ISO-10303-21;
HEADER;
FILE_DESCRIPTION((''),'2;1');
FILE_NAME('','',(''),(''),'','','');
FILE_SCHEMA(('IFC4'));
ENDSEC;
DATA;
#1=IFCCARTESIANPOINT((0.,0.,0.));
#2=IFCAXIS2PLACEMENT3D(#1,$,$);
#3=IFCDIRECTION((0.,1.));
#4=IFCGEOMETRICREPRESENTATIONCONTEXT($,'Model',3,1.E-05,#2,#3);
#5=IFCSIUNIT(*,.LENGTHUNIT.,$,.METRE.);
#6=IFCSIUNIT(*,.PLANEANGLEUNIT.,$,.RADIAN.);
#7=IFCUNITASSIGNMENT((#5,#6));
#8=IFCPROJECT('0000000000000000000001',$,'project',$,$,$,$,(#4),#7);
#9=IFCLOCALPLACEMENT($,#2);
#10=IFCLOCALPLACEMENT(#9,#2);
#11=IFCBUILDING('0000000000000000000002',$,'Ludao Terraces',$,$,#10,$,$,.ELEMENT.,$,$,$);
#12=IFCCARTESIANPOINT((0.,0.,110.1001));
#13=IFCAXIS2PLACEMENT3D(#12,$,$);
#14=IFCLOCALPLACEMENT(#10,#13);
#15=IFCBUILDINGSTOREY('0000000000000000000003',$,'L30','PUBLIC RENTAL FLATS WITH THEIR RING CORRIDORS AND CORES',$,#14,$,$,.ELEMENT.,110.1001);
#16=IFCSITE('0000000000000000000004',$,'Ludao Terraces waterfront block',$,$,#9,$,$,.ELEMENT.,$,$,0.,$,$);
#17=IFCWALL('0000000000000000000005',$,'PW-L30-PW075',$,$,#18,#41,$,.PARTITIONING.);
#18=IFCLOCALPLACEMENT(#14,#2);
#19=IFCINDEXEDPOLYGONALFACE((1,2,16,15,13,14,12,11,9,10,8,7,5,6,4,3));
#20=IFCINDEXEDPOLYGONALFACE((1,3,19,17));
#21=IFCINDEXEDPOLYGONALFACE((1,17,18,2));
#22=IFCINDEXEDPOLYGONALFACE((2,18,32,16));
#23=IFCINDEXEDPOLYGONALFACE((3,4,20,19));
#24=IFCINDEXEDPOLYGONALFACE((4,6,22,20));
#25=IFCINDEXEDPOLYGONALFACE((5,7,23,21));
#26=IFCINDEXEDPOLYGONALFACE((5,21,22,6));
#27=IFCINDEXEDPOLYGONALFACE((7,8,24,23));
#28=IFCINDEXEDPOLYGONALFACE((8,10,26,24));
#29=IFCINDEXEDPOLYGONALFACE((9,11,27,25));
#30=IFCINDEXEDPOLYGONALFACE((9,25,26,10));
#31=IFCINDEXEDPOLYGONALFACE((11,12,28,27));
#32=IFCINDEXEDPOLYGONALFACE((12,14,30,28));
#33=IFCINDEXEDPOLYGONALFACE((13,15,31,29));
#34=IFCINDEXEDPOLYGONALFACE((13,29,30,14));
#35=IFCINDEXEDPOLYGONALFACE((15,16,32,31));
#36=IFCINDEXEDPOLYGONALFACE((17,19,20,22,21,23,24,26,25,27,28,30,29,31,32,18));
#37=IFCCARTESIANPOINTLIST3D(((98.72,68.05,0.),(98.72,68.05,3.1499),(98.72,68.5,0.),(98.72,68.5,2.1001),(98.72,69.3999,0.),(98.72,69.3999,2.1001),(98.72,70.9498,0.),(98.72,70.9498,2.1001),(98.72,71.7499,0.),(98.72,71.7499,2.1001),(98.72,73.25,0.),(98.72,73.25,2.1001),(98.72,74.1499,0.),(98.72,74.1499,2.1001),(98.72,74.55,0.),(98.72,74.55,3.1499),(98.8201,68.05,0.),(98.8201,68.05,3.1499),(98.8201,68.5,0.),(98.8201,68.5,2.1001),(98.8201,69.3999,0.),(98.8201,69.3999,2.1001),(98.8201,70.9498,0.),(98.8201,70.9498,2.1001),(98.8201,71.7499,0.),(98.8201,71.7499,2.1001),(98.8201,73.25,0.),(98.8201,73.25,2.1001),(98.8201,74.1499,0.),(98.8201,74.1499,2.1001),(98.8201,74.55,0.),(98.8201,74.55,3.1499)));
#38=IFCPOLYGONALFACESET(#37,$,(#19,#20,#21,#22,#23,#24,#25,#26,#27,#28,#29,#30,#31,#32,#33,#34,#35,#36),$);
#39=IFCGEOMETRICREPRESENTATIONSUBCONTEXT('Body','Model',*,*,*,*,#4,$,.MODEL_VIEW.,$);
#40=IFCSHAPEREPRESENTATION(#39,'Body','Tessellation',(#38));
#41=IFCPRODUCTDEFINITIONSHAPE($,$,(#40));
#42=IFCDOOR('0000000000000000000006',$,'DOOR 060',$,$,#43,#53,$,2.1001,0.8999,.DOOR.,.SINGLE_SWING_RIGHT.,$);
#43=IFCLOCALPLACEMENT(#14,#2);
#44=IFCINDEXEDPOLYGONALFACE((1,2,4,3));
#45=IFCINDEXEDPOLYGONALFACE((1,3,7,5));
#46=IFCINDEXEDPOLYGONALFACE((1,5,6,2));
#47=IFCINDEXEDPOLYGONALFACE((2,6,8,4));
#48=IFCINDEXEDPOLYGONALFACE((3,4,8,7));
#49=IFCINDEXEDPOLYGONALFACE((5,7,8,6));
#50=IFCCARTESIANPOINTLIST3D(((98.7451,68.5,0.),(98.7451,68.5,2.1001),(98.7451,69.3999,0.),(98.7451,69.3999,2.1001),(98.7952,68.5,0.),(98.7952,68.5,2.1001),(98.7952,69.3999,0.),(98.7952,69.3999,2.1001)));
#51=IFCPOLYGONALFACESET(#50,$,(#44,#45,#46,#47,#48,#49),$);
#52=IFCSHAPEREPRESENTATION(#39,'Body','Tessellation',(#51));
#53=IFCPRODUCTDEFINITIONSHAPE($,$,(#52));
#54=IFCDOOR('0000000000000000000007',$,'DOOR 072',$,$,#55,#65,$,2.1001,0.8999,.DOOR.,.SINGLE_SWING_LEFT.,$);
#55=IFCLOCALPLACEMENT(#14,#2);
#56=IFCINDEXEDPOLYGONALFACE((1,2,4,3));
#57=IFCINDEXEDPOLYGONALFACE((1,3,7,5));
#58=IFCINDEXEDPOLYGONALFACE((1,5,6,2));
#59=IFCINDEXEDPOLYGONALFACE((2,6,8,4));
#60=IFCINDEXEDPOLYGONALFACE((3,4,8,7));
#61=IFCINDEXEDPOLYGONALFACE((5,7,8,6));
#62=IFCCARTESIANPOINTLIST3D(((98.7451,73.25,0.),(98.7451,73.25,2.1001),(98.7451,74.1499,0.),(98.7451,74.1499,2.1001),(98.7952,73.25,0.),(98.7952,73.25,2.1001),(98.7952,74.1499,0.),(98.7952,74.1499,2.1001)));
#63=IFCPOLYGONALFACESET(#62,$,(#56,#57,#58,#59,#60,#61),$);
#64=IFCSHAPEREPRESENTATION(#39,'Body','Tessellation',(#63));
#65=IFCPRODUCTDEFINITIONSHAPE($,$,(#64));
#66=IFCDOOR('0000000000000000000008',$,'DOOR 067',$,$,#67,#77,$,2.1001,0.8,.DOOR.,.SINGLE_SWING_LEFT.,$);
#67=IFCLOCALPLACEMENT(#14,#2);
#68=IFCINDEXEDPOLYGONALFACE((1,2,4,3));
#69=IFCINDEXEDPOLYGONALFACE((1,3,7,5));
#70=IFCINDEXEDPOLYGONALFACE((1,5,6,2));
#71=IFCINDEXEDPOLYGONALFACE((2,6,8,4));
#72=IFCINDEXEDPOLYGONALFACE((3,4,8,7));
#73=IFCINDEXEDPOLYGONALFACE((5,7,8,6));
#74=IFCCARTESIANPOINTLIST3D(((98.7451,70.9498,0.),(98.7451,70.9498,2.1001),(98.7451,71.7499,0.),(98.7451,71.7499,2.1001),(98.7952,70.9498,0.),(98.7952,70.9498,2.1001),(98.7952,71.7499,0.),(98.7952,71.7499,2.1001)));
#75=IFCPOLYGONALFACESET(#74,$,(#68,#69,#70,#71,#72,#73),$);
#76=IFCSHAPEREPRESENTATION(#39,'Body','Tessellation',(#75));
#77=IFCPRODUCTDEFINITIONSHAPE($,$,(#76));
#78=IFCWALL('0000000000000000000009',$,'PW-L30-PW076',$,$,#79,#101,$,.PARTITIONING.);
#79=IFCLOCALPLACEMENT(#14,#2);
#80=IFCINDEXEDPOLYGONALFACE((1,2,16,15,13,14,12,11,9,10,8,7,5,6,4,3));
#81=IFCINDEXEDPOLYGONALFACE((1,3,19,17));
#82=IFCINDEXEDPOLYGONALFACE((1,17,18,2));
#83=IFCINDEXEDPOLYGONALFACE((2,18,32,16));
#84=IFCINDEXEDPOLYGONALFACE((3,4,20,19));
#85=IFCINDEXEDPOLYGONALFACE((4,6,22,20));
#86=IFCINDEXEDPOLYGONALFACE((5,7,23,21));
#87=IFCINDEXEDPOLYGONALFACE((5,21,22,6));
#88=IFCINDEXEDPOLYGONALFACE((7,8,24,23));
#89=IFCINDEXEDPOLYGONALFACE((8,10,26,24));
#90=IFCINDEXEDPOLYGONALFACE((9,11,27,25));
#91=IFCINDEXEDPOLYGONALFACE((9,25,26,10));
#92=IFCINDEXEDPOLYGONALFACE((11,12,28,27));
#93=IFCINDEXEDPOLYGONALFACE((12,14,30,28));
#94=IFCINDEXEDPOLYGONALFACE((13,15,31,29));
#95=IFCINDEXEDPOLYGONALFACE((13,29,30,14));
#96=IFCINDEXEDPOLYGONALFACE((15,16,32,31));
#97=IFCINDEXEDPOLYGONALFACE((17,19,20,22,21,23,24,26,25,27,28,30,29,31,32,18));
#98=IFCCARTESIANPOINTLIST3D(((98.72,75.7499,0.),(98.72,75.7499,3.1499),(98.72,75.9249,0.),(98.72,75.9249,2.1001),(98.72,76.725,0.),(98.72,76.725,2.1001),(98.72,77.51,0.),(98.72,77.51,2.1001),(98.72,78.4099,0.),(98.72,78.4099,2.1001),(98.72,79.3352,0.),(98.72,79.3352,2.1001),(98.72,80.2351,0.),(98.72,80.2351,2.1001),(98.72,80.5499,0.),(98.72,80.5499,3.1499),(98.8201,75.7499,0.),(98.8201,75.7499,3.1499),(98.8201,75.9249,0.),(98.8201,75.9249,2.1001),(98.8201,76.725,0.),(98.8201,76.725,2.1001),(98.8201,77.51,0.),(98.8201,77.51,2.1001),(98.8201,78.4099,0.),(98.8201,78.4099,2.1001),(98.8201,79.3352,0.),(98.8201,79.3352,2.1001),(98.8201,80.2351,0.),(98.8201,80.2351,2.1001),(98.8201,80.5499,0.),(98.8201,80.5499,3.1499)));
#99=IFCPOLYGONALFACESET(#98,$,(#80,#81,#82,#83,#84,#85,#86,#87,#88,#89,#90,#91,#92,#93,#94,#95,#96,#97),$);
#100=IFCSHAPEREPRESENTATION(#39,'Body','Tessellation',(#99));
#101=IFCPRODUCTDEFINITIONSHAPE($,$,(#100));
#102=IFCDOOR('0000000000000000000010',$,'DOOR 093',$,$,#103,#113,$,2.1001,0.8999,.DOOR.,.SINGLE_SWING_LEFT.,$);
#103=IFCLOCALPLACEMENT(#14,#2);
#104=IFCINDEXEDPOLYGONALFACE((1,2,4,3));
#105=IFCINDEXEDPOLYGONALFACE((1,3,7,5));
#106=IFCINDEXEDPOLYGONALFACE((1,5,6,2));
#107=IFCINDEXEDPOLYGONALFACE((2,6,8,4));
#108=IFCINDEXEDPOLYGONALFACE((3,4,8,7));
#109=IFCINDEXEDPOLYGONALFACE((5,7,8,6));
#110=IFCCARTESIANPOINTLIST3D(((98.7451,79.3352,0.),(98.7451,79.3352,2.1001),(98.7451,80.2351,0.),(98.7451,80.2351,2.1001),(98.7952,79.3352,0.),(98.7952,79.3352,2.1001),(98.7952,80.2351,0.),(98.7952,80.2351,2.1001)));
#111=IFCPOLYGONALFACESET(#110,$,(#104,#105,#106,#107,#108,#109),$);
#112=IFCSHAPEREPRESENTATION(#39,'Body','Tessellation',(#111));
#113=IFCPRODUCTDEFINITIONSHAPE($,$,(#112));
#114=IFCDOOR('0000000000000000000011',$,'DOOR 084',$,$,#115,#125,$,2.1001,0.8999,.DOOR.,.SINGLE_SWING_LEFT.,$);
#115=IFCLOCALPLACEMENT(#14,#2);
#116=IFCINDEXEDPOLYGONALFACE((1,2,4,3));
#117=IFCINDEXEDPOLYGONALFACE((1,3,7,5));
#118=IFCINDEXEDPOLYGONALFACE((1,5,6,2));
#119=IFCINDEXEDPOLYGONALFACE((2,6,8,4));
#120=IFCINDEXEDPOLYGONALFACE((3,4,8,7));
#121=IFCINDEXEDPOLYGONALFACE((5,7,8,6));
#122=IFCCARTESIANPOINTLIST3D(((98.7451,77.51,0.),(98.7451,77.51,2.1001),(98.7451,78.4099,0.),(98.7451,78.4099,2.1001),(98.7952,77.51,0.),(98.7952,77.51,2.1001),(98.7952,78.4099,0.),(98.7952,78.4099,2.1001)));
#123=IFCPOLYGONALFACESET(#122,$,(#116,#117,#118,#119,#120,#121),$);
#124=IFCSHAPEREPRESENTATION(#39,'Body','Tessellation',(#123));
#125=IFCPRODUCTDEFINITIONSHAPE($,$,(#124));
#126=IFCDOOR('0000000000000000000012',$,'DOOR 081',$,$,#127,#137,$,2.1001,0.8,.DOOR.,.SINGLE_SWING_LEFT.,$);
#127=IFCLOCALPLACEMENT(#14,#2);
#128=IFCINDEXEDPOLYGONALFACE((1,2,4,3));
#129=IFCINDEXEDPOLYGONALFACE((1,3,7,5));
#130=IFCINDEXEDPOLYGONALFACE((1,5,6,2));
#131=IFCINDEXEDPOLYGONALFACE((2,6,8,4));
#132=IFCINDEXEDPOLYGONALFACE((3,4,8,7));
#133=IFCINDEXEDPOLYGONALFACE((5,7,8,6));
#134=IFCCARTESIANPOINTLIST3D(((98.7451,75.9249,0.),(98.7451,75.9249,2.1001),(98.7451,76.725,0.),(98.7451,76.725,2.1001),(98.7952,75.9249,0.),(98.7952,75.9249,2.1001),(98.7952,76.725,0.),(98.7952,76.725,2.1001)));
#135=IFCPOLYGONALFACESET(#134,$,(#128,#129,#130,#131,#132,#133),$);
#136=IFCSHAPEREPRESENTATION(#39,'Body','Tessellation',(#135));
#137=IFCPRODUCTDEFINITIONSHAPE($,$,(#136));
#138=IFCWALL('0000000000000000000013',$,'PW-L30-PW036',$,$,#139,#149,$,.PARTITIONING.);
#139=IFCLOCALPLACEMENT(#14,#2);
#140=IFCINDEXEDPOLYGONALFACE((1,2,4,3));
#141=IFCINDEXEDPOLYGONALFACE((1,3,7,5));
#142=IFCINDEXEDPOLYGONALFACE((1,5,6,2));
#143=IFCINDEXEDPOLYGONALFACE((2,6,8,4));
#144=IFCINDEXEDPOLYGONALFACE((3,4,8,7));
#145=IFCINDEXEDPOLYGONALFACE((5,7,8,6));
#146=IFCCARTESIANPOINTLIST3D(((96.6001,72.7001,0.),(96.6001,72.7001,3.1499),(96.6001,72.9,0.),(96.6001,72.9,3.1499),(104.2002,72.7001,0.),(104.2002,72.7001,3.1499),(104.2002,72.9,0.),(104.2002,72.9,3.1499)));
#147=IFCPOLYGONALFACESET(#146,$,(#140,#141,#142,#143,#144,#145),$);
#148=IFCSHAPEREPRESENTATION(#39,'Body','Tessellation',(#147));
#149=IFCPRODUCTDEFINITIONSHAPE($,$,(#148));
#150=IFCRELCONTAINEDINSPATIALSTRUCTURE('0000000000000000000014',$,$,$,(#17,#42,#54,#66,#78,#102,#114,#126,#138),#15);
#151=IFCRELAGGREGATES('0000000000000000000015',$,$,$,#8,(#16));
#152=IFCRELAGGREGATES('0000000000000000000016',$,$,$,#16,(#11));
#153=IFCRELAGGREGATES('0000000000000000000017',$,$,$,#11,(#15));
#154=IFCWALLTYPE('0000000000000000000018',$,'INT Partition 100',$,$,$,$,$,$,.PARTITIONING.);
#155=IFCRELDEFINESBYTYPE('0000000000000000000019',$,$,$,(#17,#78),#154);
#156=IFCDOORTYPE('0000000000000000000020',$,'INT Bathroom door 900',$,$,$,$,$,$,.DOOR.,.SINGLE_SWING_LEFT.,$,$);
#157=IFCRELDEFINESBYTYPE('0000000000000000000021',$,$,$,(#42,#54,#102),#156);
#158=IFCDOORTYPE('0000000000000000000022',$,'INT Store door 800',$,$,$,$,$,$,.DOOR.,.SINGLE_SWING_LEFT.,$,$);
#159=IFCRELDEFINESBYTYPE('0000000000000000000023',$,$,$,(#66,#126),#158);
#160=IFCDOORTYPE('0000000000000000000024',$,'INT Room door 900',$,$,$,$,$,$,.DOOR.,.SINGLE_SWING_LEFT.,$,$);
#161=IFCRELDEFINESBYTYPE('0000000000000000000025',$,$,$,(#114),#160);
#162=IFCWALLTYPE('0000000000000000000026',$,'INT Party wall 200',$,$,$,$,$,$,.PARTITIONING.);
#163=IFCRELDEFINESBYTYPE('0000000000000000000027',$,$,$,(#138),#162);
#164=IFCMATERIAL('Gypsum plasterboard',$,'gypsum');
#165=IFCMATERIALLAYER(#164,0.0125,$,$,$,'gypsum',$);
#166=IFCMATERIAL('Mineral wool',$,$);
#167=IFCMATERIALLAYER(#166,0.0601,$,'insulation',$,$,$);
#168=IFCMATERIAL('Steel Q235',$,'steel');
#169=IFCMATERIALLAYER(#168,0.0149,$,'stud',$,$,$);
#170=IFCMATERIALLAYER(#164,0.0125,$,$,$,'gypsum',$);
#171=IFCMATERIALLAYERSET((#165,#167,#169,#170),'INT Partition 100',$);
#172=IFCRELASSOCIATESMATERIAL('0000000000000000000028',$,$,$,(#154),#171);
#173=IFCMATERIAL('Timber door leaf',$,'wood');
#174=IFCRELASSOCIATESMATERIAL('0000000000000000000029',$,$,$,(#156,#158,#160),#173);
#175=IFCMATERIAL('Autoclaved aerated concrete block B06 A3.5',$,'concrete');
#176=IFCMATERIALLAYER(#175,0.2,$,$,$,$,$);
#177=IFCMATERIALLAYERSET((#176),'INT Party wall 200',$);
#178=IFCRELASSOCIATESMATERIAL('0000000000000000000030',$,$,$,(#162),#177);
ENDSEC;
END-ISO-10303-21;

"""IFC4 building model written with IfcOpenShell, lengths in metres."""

from ifc_helpers import new_model, si_unit, direction, frame, frame_2d, origin, place, context, subcontext, project, spatial, rectangle, extrude, material, layer, layer_set, type_object, element, fill, save


model = new_model("IFC4")

# Units and contexts
model_context = context("Model", 3, precision=1e-05, world=origin(), true_north=direction((0.0, 1.0)))
body_context = subcontext(model_context, "Body", "Model", "MODEL_VIEW")
ifc_project = project(units=[si_unit("LENGTHUNIT", "METRE"), si_unit("PLANEANGLEUNIT", "RADIAN")], contexts=[model_context])

# Site, building, storey
site_placement = place(None, origin())
site = spatial("IfcSite", under=ifc_project, at=site_placement, Name="Ludao Terraces waterfront block", CompositionType="ELEMENT", RefElevation=0.0)
building_placement = place(site_placement, origin())
building = spatial("IfcBuilding", under=site, at=building_placement, Name="Ludao Terraces", CompositionType="ELEMENT")
storey_placement = place(building_placement, frame((0.0, 0.0, 110.1001)))
storey = spatial("IfcBuildingStorey", under=building, at=storey_placement, Name="L30", Description="PUBLIC RENTAL FLATS WITH THEIR RING CORRIDORS AND CORES", CompositionType="ELEMENT", Elevation=110.1001)

# Shared definitions
ifc_material_1 = material(Name="Mineral wool")

# Shared definitions
ifc_material_2 = material(Name="Gypsum plasterboard", Category="gypsum")
ifc_layer_1 = layer(ifc_material_2, 0.0125, Category="gypsum")
ifc_layer_2 = layer(ifc_material_1, 0.0601, Name="insulation")
ifc_material_3 = material(Name="Steel Q235", Category="steel")
ifc_layer_3 = layer(ifc_material_3, 0.0149, Name="stud")
ifc_layer_4 = layer(ifc_material_2, 0.0125, Category="gypsum")
ifc_layer_set_1 = layer_set([ifc_layer_1, ifc_layer_2, ifc_layer_3, ifc_layer_4], Name="INT Partition 100")
wall_type_1 = type_object("IfcWallType", Name="INT Partition 100", PredefinedType="PARTITIONING", material=ifc_layer_set_1)

# Walls, openings, doors
wall_1_placement = place(storey_placement, frame((98.77, 68.05, 0.0), z_axis=(0.0, 0.0, 1.0), x_axis=(0.0, 1.0, 0.0)))
wall_1 = element("IfcWall", 1, at=wall_1_placement, inside=storey, type_object=wall_type_1, Name="PW-L30-PW075", PredefinedType="PARTITIONING", context=body_context, shape_type="SweptSolid", body=[
    extrude(rectangle(XDim=6.5, YDim=0.1001, at=frame_2d((3.25, 0.0))), origin(), (0.0, 0.0, 1.0), 3.1499),
])
opening_1_placement = place(wall_1_placement, frame((0.45, 0.0, 0.0)))
opening_1 = element("IfcOpeningElement", 2, at=opening_1_placement, cuts=wall_1, PredefinedType="OPENING", context=body_context, shape_type="SweptSolid", body=[
    extrude(rectangle(XDim=0.8999, YDim=2.1001, at=frame_2d((0.45, 1.05))), frame((0.0, 0.0601, 0.0), z_axis=(0.0, -1.0, 0.0), x_axis=(1.0, 0.0, 0.0)), (0.0, 0.0, 1.0), 0.1201),
])
opening_2_placement = place(wall_1_placement, frame((2.8999, 0.0, 0.0)))
opening_2 = element("IfcOpeningElement", 3, at=opening_2_placement, cuts=wall_1, PredefinedType="OPENING", context=body_context, shape_type="SweptSolid", body=[
    extrude(rectangle(XDim=0.8, YDim=2.1001, at=frame_2d((0.3999, 1.05))), frame((0.0, 0.0601, 0.0), z_axis=(0.0, -1.0, 0.0), x_axis=(1.0, 0.0, 0.0)), (0.0, 0.0, 1.0), 0.1201),
])
opening_3_placement = place(wall_1_placement, frame((5.2, 0.0, 0.0)))
opening_3 = element("IfcOpeningElement", 4, at=opening_3_placement, cuts=wall_1, PredefinedType="OPENING", context=body_context, shape_type="SweptSolid", body=[
    extrude(rectangle(XDim=0.8999, YDim=2.1001, at=frame_2d((0.45, 1.05))), frame((0.0, 0.0601, 0.0), z_axis=(0.0, -1.0, 0.0), x_axis=(1.0, 0.0, 0.0)), (0.0, 0.0, 1.0), 0.1201),
])
ifc_material_4 = material(Name="Timber door leaf", Category="wood")
door_type_1 = type_object("IfcDoorType", Name="INT Bathroom door 900", OperationType="SINGLE_SWING_LEFT", PredefinedType="DOOR", material=ifc_material_4)
door_1_placement = place(opening_1_placement, origin())
door_1 = element("IfcDoor", 5, at=door_1_placement, inside=storey, type_object=door_type_1, Name="DOOR 060", OperationType="SINGLE_SWING_RIGHT", OverallHeight=2.1001, OverallWidth=0.8999, PredefinedType="DOOR", context=body_context, shape_type="SweptSolid", body=[
    extrude(rectangle(XDim=0.8999, YDim=2.1001, at=frame_2d((0.45, 1.05))), frame((0.0, 0.0249, 0.0), z_axis=(0.0, -1.0, 0.0), x_axis=(1.0, 0.0, 0.0)), (0.0, 0.0, 1.0), 0.05),
])
fill(opening_1, door_1)
door_2_placement = place(opening_3_placement, origin())
door_2 = element("IfcDoor", 6, at=door_2_placement, inside=storey, type_object=door_type_1, Name="DOOR 072", OperationType="SINGLE_SWING_LEFT", OverallHeight=2.1001, OverallWidth=0.8999, PredefinedType="DOOR", context=body_context, shape_type="SweptSolid", body=[
    extrude(rectangle(XDim=0.8999, YDim=2.1001, at=frame_2d((0.45, 1.05))), frame((0.0, 0.0249, 0.0), z_axis=(0.0, -1.0, 0.0), x_axis=(1.0, 0.0, 0.0)), (0.0, 0.0, 1.0), 0.05),
])
fill(opening_3, door_2)
door_type_2 = type_object("IfcDoorType", Name="INT Store door 800", OperationType="SINGLE_SWING_LEFT", PredefinedType="DOOR", material=ifc_material_4)
door_3_placement = place(opening_2_placement, origin())
door_3 = element("IfcDoor", 7, at=door_3_placement, inside=storey, type_object=door_type_2, Name="DOOR 067", OperationType="SINGLE_SWING_LEFT", OverallHeight=2.1001, OverallWidth=0.8, PredefinedType="DOOR", context=body_context, shape_type="SweptSolid", body=[
    extrude(rectangle(XDim=0.8, YDim=2.1001, at=frame_2d((0.3999, 1.05))), frame((0.0, 0.0249, 0.0), z_axis=(0.0, -1.0, 0.0), x_axis=(1.0, 0.0, 0.0)), (0.0, 0.0, 1.0), 0.05),
])
fill(opening_2, door_3)
wall_2_placement = place(storey_placement, frame((98.77, 75.75, 0.0), z_axis=(0.0, 0.0, 1.0), x_axis=(0.0, 1.0, 0.0)))
wall_2 = element("IfcWall", 8, at=wall_2_placement, inside=storey, type_object=wall_type_1, Name="PW-L30-PW076", PredefinedType="PARTITIONING", context=body_context, shape_type="SweptSolid", body=[
    extrude(rectangle(XDim=4.8, YDim=0.1001, at=frame_2d((2.3999, 0.0))), origin(), (0.0, 0.0, 1.0), 3.1499),
])
opening_4_placement = place(wall_2_placement, frame((0.175, 0.0, 0.0)))
opening_4 = element("IfcOpeningElement", 9, at=opening_4_placement, cuts=wall_2, PredefinedType="OPENING", context=body_context, shape_type="SweptSolid", body=[
    extrude(rectangle(XDim=0.8, YDim=2.1001, at=frame_2d((0.3999, 1.05))), frame((0.0, 0.0601, 0.0), z_axis=(0.0, -1.0, 0.0), x_axis=(1.0, 0.0, 0.0)), (0.0, 0.0, 1.0), 0.1201),
])
opening_5_placement = place(wall_2_placement, frame((1.76, 0.0, 0.0)))
opening_5 = element("IfcOpeningElement", 10, at=opening_5_placement, cuts=wall_2, PredefinedType="OPENING", context=body_context, shape_type="SweptSolid", body=[
    extrude(rectangle(XDim=0.8999, YDim=2.1001, at=frame_2d((0.45, 1.05))), frame((0.0, 0.0601, 0.0), z_axis=(0.0, -1.0, 0.0), x_axis=(1.0, 0.0, 0.0)), (0.0, 0.0, 1.0), 0.1201),
])
opening_6_placement = place(wall_2_placement, frame((3.5852, 0.0, 0.0)))
opening_6 = element("IfcOpeningElement", 11, at=opening_6_placement, cuts=wall_2, PredefinedType="OPENING", context=body_context, shape_type="SweptSolid", body=[
    extrude(rectangle(XDim=0.8999, YDim=2.1001, at=frame_2d((0.45, 1.05))), frame((0.0, 0.0601, 0.0), z_axis=(0.0, -1.0, 0.0), x_axis=(1.0, 0.0, 0.0)), (0.0, 0.0, 1.0), 0.1201),
])
door_4_placement = place(opening_6_placement, origin())
door_4 = element("IfcDoor", 12, at=door_4_placement, inside=storey, type_object=door_type_1, Name="DOOR 093", OperationType="SINGLE_SWING_LEFT", OverallHeight=2.1001, OverallWidth=0.8999, PredefinedType="DOOR", context=body_context, shape_type="SweptSolid", body=[
    extrude(rectangle(XDim=0.8999, YDim=2.1001, at=frame_2d((0.45, 1.05))), frame((0.0, 0.0249, 0.0), z_axis=(0.0, -1.0, 0.0), x_axis=(1.0, 0.0, 0.0)), (0.0, 0.0, 1.0), 0.05),
])
fill(opening_6, door_4)
door_type_3 = type_object("IfcDoorType", Name="INT Room door 900", OperationType="SINGLE_SWING_LEFT", PredefinedType="DOOR", material=ifc_material_4)
door_5_placement = place(opening_5_placement, origin())
door_5 = element("IfcDoor", 13, at=door_5_placement, inside=storey, type_object=door_type_3, Name="DOOR 084", OperationType="SINGLE_SWING_LEFT", OverallHeight=2.1001, OverallWidth=0.8999, PredefinedType="DOOR", context=body_context, shape_type="SweptSolid", body=[
    extrude(rectangle(XDim=0.8999, YDim=2.1001, at=frame_2d((0.45, 1.05))), frame((0.0, 0.0249, 0.0), z_axis=(0.0, -1.0, 0.0), x_axis=(1.0, 0.0, 0.0)), (0.0, 0.0, 1.0), 0.05),
])
fill(opening_5, door_5)
door_6_placement = place(opening_4_placement, origin())
door_6 = element("IfcDoor", 14, at=door_6_placement, inside=storey, type_object=door_type_2, Name="DOOR 081", OperationType="SINGLE_SWING_LEFT", OverallHeight=2.1001, OverallWidth=0.8, PredefinedType="DOOR", context=body_context, shape_type="SweptSolid", body=[
    extrude(rectangle(XDim=0.8, YDim=2.1001, at=frame_2d((0.3999, 1.05))), frame((0.0, 0.0249, 0.0), z_axis=(0.0, -1.0, 0.0), x_axis=(1.0, 0.0, 0.0)), (0.0, 0.0, 1.0), 0.05),
])
fill(opening_4, door_6)

# Wall
ifc_material_5 = material(Name="Autoclaved aerated concrete block B06 A3.5", Category="concrete")
ifc_layer_5 = layer(ifc_material_5, 0.2)
ifc_layer_set_2 = layer_set([ifc_layer_5], Name="INT Party wall 200")
wall_type_2 = type_object("IfcWallType", Name="INT Party wall 200", PredefinedType="PARTITIONING", material=ifc_layer_set_2)
wall_3_placement = place(storey_placement, frame((96.6001, 72.8, 0.0), z_axis=(0.0, 0.0, 1.0), x_axis=(1.0, 0.0, 0.0)))
element("IfcWall", 15, at=wall_3_placement, inside=storey, type_object=wall_type_2, Name="PW-L30-PW036", PredefinedType="PARTITIONING", context=body_context, shape_type="SweptSolid", body=[
    extrude(rectangle(XDim=7.6001, YDim=0.2, at=frame_2d((3.8, 0.0))), origin(), (0.0, 0.0, 1.0), 3.1499),
])

save(model, "model.ifc")
